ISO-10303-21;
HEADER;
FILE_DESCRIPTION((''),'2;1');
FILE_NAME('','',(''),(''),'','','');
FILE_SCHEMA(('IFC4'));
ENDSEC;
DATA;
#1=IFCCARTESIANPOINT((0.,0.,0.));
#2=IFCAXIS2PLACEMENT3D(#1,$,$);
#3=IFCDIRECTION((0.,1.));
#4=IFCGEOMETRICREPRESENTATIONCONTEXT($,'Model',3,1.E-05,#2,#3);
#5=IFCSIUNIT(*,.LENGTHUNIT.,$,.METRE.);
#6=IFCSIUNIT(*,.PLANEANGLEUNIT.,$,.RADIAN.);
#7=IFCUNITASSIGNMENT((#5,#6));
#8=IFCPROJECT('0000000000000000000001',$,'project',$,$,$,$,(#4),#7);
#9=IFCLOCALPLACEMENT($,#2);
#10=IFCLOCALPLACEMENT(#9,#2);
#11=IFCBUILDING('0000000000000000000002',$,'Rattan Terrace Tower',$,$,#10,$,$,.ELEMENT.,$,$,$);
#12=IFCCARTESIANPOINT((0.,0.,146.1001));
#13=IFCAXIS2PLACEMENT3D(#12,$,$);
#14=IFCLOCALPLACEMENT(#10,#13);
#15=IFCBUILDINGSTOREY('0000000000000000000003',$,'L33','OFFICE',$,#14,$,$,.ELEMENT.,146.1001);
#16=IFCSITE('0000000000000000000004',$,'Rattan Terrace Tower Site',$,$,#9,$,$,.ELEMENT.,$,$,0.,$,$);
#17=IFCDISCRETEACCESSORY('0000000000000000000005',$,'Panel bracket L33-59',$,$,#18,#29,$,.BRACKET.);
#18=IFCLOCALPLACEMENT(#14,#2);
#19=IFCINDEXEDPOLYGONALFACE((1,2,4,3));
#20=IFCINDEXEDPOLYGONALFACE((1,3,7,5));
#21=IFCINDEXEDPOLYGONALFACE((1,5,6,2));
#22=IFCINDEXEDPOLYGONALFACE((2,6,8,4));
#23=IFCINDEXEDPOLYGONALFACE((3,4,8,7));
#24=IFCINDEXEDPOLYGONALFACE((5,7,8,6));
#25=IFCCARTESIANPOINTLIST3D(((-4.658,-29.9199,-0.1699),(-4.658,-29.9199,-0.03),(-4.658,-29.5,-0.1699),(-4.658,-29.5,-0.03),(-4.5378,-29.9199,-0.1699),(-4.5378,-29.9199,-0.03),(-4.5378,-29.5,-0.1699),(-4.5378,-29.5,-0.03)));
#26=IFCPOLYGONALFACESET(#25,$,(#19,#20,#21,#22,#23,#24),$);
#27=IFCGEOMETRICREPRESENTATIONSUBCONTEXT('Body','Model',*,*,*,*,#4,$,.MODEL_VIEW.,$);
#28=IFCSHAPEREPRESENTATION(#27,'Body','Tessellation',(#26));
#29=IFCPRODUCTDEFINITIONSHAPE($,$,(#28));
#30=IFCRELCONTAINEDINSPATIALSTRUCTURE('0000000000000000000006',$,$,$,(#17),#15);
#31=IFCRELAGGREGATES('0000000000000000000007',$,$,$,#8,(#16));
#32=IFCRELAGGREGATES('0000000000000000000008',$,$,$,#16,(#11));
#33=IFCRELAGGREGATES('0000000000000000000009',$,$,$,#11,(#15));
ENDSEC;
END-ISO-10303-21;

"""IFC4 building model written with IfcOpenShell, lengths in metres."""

from ifc_helpers import new_model, si_unit, direction, frame, origin, origin_2d, place, context, subcontext, project, spatial, rectangle, extrude, element, save


model = new_model("IFC4")

# Units and contexts
model_context = context("Model", 3, precision=1e-05, world=origin(), true_north=direction((0.0, 1.0)))
body_context = subcontext(model_context, "Body", "Model", "MODEL_VIEW")
ifc_project = project(units=[si_unit("LENGTHUNIT", "METRE"), si_unit("PLANEANGLEUNIT", "RADIAN")], contexts=[model_context])

# Site, building, storey
site_placement = place(None, origin())
site = spatial("IfcSite", under=ifc_project, at=site_placement, Name="Rattan Terrace Tower Site", CompositionType="ELEMENT", RefElevation=0.0)
building_placement = place(site_placement, origin())
building = spatial("IfcBuilding", under=site, at=building_placement, Name="Rattan Terrace Tower", CompositionType="ELEMENT")
storey_placement = place(building_placement, frame((0.0, 0.0, 146.1001)))
storey = spatial("IfcBuildingStorey", under=building, at=storey_placement, Name="L33", Description="OFFICE", CompositionType="ELEMENT", Elevation=146.1001)

# Discrete accessory
for number, where, z_axis, x_axis, name in (
    (1, (-4.5979, -29.71, -0.1699), (0.0, 0.0, 1.0), (1.0, 0.0, 0.0), "Panel bracket L33-59"),
):
    element("IfcDiscreteAccessory", number, at=place(storey_placement, frame(where, z_axis=z_axis, x_axis=x_axis)), inside=storey, Name=name, PredefinedType="BRACKET", context=body_context, shape_type="SweptSolid", body=[
        extrude(rectangle(XDim=0.1201, YDim=0.4199, at=origin_2d()), origin(), (0.0, 0.0, 1.0), 0.1399),
    ])

save(model, "model.ifc")
